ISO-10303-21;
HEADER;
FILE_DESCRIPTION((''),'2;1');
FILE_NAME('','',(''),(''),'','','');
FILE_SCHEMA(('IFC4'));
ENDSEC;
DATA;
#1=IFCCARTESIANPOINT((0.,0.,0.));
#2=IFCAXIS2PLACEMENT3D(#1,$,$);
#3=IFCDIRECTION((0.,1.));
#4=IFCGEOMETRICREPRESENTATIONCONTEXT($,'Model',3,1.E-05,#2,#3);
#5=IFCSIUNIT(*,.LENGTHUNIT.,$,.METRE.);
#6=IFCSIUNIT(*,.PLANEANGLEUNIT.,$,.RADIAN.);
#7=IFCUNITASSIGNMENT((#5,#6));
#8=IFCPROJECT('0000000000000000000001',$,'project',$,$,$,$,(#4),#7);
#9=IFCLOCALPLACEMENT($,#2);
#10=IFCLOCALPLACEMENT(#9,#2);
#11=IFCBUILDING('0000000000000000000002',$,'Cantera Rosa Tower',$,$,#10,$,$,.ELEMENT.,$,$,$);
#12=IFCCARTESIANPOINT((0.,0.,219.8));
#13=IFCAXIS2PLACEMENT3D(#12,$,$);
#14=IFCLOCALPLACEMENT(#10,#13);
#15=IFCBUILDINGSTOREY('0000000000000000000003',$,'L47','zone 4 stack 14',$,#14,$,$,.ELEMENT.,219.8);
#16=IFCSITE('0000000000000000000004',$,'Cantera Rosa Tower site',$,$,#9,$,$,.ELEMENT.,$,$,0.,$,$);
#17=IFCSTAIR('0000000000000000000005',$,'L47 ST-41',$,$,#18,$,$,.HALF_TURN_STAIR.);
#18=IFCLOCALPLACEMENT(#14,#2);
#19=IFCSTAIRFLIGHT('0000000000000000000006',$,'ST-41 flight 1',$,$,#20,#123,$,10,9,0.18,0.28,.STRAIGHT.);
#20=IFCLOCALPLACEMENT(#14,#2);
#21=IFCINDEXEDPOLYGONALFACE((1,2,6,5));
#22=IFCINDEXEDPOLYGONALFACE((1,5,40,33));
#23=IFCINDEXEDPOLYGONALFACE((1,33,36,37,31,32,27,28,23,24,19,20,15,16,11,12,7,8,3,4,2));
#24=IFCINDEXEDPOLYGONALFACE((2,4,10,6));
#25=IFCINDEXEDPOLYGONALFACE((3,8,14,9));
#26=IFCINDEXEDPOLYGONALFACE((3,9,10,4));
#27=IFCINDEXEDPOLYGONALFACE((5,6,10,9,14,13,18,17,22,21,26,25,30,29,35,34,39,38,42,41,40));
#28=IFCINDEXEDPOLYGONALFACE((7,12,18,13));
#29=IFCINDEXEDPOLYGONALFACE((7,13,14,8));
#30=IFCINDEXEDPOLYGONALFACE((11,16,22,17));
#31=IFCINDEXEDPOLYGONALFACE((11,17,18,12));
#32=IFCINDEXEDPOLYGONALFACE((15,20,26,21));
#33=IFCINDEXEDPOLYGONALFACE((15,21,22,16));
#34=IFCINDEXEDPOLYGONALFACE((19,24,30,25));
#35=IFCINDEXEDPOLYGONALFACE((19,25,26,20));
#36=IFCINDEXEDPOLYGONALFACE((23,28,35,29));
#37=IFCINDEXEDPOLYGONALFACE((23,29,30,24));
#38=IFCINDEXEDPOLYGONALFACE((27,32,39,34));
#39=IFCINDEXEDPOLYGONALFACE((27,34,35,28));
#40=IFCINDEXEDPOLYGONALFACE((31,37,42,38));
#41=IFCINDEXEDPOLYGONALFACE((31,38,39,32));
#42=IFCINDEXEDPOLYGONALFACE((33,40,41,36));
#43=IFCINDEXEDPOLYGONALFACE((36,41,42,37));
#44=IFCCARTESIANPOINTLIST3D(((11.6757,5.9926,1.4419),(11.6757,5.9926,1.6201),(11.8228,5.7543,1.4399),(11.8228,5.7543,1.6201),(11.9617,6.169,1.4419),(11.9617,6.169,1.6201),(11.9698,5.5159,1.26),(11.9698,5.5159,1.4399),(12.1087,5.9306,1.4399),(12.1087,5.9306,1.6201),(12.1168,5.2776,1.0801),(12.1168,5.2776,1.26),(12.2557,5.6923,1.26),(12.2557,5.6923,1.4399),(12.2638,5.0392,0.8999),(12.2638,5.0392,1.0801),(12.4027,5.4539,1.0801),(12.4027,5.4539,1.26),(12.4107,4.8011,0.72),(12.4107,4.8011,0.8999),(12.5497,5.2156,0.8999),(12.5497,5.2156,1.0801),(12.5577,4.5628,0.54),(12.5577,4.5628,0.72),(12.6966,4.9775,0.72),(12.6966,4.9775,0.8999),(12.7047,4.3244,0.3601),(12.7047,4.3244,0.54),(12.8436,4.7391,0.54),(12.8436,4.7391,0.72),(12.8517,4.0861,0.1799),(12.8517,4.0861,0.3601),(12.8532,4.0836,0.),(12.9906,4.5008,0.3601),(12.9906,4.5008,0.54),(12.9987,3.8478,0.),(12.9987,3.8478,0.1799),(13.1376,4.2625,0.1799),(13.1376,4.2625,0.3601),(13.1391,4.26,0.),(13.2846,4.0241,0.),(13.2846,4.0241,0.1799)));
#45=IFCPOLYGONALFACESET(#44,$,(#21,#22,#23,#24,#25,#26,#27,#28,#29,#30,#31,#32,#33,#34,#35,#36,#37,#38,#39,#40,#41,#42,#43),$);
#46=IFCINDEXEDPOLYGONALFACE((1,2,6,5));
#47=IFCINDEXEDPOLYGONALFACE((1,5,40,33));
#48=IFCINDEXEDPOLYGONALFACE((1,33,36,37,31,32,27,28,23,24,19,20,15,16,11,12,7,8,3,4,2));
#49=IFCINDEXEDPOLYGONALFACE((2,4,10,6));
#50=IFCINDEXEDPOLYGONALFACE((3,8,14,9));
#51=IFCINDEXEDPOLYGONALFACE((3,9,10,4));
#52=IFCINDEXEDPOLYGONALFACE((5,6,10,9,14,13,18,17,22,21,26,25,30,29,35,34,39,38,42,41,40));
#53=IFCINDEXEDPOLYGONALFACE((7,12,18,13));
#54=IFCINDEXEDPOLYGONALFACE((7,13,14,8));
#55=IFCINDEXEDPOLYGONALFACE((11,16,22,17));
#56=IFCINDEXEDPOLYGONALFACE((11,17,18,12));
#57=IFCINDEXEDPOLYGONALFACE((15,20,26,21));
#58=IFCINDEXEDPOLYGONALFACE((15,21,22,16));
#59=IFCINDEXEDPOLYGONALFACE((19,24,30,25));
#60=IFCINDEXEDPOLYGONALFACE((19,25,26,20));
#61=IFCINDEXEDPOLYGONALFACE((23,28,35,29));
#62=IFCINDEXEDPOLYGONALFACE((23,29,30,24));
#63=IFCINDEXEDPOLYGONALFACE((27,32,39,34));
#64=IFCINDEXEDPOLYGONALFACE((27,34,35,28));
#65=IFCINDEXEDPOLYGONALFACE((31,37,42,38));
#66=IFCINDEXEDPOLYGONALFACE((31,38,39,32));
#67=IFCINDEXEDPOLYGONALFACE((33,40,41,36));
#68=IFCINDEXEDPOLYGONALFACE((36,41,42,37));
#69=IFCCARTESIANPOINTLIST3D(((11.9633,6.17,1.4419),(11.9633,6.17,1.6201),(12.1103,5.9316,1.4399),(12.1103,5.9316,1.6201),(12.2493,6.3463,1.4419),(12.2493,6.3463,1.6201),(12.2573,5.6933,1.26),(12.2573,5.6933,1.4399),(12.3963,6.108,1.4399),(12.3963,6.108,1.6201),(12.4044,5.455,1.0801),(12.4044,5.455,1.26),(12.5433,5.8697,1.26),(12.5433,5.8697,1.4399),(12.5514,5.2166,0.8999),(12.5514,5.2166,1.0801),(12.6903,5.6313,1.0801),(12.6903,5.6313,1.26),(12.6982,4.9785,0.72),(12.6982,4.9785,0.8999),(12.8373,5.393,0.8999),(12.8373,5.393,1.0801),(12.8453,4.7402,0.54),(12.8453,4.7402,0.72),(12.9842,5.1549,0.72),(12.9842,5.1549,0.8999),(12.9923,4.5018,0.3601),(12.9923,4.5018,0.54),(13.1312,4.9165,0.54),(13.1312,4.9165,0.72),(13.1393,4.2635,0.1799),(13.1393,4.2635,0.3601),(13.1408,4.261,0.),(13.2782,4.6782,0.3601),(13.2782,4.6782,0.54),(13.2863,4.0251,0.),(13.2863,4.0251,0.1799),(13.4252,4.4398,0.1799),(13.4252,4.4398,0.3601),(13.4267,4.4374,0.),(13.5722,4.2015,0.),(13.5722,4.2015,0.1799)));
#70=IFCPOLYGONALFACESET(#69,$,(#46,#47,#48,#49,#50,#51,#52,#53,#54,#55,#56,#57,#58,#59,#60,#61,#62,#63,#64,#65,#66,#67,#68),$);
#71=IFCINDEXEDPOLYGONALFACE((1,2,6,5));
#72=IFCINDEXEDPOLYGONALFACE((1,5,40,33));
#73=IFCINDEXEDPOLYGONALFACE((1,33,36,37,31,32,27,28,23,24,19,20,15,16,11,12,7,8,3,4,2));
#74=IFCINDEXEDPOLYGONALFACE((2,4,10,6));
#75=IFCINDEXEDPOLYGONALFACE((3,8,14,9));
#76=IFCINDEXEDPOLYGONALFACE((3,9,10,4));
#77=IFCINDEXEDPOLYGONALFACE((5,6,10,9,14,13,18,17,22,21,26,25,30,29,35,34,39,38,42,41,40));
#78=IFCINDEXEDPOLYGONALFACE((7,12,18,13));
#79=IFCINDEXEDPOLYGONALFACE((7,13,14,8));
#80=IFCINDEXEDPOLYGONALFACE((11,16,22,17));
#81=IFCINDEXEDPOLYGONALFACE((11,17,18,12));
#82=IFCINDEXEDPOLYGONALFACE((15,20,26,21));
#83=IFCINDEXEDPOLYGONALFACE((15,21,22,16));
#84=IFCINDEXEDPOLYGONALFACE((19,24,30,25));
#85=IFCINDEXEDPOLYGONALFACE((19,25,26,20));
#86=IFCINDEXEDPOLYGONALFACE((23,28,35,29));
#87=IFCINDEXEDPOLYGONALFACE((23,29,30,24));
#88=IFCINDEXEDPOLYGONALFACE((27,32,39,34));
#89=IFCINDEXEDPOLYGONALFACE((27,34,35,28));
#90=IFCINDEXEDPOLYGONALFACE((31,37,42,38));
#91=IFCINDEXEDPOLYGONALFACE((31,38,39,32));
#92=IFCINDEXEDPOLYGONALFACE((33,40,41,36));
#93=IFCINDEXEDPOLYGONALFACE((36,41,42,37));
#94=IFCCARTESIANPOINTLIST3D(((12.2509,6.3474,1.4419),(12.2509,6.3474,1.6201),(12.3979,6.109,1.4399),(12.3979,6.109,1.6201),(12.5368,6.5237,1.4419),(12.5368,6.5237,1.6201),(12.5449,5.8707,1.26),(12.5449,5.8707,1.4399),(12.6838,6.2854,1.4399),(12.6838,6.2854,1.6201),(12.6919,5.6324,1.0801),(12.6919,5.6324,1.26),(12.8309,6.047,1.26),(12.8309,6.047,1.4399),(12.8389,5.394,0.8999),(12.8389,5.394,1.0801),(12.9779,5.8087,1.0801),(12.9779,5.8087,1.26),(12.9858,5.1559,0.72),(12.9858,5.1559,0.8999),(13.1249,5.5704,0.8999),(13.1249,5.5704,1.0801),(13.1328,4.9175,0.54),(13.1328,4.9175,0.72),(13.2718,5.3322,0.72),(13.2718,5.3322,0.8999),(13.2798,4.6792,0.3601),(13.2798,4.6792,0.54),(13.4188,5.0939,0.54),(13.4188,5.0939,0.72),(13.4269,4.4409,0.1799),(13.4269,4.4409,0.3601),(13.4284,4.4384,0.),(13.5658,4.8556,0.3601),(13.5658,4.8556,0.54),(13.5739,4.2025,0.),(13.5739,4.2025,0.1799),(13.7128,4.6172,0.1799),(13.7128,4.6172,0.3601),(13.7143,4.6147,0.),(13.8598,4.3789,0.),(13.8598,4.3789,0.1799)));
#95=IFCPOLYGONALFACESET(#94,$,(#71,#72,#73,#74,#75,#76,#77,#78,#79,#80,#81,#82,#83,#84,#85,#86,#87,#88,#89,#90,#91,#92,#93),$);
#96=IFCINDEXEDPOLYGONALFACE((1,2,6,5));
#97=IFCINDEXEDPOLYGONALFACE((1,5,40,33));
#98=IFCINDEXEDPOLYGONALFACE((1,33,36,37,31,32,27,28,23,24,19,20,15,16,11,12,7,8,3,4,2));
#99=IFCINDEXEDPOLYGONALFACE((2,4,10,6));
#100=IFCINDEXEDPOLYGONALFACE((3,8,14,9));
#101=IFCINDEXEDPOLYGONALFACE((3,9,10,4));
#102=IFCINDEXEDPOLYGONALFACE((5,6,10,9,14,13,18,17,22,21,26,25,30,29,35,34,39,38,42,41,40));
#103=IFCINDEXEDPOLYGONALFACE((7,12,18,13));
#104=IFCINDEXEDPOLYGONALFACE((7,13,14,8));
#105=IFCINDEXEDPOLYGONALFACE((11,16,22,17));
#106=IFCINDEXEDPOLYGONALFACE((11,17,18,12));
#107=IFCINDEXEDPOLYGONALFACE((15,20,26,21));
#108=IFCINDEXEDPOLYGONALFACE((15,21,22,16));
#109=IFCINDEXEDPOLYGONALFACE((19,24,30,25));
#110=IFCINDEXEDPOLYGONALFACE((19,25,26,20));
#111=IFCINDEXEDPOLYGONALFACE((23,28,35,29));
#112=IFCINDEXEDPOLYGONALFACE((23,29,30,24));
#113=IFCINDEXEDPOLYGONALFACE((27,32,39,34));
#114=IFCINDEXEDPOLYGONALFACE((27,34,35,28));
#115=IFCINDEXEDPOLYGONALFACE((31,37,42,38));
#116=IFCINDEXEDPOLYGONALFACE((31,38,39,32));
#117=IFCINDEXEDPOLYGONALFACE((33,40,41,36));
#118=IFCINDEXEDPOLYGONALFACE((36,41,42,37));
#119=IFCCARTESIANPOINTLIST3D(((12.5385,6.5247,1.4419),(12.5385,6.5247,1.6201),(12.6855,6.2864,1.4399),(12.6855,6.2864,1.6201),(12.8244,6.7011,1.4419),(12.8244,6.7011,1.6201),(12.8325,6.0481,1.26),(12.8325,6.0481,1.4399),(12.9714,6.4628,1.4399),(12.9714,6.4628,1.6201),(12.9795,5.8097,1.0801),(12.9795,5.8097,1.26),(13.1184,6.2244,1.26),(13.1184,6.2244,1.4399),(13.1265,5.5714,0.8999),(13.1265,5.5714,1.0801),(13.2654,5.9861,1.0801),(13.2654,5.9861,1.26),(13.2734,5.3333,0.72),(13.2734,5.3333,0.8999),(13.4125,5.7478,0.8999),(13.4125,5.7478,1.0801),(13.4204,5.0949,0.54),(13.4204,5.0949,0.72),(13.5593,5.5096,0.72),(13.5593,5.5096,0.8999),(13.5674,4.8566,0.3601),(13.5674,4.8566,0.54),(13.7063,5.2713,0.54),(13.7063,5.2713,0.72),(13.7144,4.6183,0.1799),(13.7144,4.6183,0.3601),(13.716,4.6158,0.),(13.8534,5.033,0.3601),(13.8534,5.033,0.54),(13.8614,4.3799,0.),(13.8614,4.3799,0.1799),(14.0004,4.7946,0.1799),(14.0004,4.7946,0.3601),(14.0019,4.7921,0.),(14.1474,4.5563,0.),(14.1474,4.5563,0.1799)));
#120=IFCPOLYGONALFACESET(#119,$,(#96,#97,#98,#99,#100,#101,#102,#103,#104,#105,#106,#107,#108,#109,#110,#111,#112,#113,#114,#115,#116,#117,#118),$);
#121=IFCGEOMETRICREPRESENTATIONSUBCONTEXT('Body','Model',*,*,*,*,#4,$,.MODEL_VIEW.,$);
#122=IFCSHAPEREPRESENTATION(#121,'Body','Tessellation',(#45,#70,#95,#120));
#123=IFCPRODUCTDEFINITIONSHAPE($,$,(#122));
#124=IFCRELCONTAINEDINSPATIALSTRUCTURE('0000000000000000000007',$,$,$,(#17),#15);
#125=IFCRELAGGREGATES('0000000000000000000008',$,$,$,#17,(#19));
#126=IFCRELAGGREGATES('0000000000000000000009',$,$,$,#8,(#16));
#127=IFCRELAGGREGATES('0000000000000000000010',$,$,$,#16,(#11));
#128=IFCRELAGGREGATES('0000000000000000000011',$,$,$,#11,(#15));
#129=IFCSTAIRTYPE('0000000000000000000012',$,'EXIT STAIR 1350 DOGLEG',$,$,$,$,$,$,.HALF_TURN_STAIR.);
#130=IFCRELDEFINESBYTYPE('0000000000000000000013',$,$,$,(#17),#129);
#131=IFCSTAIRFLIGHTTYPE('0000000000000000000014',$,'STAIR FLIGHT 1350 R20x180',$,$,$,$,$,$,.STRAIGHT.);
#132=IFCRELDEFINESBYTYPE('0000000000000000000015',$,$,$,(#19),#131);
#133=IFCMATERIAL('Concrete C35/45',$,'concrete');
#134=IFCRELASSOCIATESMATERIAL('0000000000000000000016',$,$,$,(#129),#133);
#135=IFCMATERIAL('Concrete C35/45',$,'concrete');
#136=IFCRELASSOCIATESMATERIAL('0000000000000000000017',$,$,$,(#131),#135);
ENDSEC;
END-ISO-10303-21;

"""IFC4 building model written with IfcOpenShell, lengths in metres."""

from ifc_helpers import new_model, si_unit, direction, frame, origin, place, context, subcontext, project, spatial, polyline, outline, extrude, material, type_object, element, aggregate, save


model = new_model("IFC4")

# Units and contexts
model_context = context("Model", 3, precision=1e-05, world=origin(), true_north=direction((0.0, 1.0)))
body_context = subcontext(model_context, "Body", "Model", "MODEL_VIEW")
ifc_project = project(units=[si_unit("LENGTHUNIT", "METRE"), si_unit("PLANEANGLEUNIT", "RADIAN")], contexts=[model_context])

# Site, building, storey
site_placement = place(None, origin())
site = spatial("IfcSite", under=ifc_project, at=site_placement, Name="Cantera Rosa Tower site", CompositionType="ELEMENT", RefElevation=0.0)
building_placement = place(site_placement, origin())
building = spatial("IfcBuilding", under=site, at=building_placement, Name="Cantera Rosa Tower", CompositionType="ELEMENT")
storey_placement = place(building_placement, frame((0.0, 0.0, 219.8)))
storey = spatial("IfcBuildingStorey", under=building, at=storey_placement, Name="L47", Description="zone 4 stack 14", CompositionType="ELEMENT", Elevation=219.8)

# Stair, stair flight
ifc_material_1 = material(Name="Concrete C35/45", Category="concrete")
stair_type = type_object("IfcStairType", Name="EXIT STAIR 1350 DOGLEG", PredefinedType="HALF_TURN_STAIR", material=ifc_material_1)
stair_placement = place(storey_placement, origin())
stair = element("IfcStair", 1, at=stair_placement, inside=storey, type_object=stair_type, Name="L47 ST-41", PredefinedType="HALF_TURN_STAIR")
ifc_material_2 = material(Name="Concrete C35/45", Category="concrete")
stair_flight_type = type_object("IfcStairFlightType", Name="STAIR FLIGHT 1350 R20x180", PredefinedType="STRAIGHT", material=ifc_material_2)
stair_flight_placement = place(storey_placement, frame((13.5732, 4.2021, 0.0), z_axis=(0.0, 0.0, 1.0), x_axis=(-0.524977, 0.851117, 0.0)))
stair_flight = element("IfcStairFlight", 2, at=stair_flight_placement, type_object=stair_flight_type, Name="ST-41 flight 1", NumberOfRisers=10, NumberOfTreads=9, PredefinedType="STRAIGHT", RiserHeight=0.18, TreadLength=0.28, context=body_context, shape_type="SweptSolid", body=[
    extrude(outline(polyline([(0.0, 0.0), (0.0, 0.1799), (0.28, 0.1799), (0.28, 0.3601), (0.5601, 0.3601), (0.5601, 0.54), (0.8401, 0.54), (0.8401, 0.72), (1.1201, 0.72), (1.1201, 0.8999), (1.3999, 0.8999), (1.3999, 1.0801), (1.6799, 1.0801), (1.6799, 1.26), (1.96, 1.26), (1.96, 1.4399), (2.24, 1.4399), (2.24, 1.6201), (2.52, 1.6201), (2.52, 1.8), (2.52, 1.4419), (0.2771, 0.0), (0.0, 0.0)])), frame((0.0, 0.675, 0.0), z_axis=(0.0, -1.0, 0.0), x_axis=(1.0, 0.0, 0.0)), (0.0, 0.0, 1.0), 0.3359),
    extrude(outline(polyline([(0.0, 0.0), (0.0, 0.1799), (0.28, 0.1799), (0.28, 0.3601), (0.5601, 0.3601), (0.5601, 0.54), (0.8401, 0.54), (0.8401, 0.72), (1.1201, 0.72), (1.1201, 0.8999), (1.3999, 0.8999), (1.3999, 1.0801), (1.6799, 1.0801), (1.6799, 1.26), (1.96, 1.26), (1.96, 1.4399), (2.24, 1.4399), (2.24, 1.6201), (2.52, 1.6201), (2.52, 1.8), (2.52, 1.4419), (0.2771, 0.0), (0.0, 0.0)])), frame((0.0, 0.3372, 0.0), z_axis=(0.0, -1.0, 0.0), x_axis=(1.0, 0.0, 0.0)), (0.0, 0.0, 1.0), 0.3359),
    extrude(outline(polyline([(0.0, 0.0), (0.0, 0.1799), (0.28, 0.1799), (0.28, 0.3601), (0.5601, 0.3601), (0.5601, 0.54), (0.8401, 0.54), (0.8401, 0.72), (1.1201, 0.72), (1.1201, 0.8999), (1.3999, 0.8999), (1.3999, 1.0801), (1.6799, 1.0801), (1.6799, 1.26), (1.96, 1.26), (1.96, 1.4399), (2.24, 1.4399), (2.24, 1.6201), (2.52, 1.6201), (2.52, 1.8), (2.52, 1.4419), (0.2771, 0.0), (0.0, 0.0)])), frame((0.0, -0.0007, 0.0), z_axis=(0.0, -1.0, 0.0), x_axis=(1.0, 0.0, 0.0)), (0.0, 0.0, 1.0), 0.3359),
    extrude(outline(polyline([(0.0, 0.0), (0.0, 0.1799), (0.28, 0.1799), (0.28, 0.3601), (0.5601, 0.3601), (0.5601, 0.54), (0.8401, 0.54), (0.8401, 0.72), (1.1201, 0.72), (1.1201, 0.8999), (1.3999, 0.8999), (1.3999, 1.0801), (1.6799, 1.0801), (1.6799, 1.26), (1.96, 1.26), (1.96, 1.4399), (2.24, 1.4399), (2.24, 1.6201), (2.52, 1.6201), (2.52, 1.8), (2.52, 1.4419), (0.2771, 0.0), (0.0, 0.0)])), frame((0.0, -0.3386, 0.0), z_axis=(0.0, -1.0, 0.0), x_axis=(1.0, 0.0, 0.0)), (0.0, 0.0, 1.0), 0.3359),
])
aggregate(stair, [stair_flight])

save(model, "model.ifc")
